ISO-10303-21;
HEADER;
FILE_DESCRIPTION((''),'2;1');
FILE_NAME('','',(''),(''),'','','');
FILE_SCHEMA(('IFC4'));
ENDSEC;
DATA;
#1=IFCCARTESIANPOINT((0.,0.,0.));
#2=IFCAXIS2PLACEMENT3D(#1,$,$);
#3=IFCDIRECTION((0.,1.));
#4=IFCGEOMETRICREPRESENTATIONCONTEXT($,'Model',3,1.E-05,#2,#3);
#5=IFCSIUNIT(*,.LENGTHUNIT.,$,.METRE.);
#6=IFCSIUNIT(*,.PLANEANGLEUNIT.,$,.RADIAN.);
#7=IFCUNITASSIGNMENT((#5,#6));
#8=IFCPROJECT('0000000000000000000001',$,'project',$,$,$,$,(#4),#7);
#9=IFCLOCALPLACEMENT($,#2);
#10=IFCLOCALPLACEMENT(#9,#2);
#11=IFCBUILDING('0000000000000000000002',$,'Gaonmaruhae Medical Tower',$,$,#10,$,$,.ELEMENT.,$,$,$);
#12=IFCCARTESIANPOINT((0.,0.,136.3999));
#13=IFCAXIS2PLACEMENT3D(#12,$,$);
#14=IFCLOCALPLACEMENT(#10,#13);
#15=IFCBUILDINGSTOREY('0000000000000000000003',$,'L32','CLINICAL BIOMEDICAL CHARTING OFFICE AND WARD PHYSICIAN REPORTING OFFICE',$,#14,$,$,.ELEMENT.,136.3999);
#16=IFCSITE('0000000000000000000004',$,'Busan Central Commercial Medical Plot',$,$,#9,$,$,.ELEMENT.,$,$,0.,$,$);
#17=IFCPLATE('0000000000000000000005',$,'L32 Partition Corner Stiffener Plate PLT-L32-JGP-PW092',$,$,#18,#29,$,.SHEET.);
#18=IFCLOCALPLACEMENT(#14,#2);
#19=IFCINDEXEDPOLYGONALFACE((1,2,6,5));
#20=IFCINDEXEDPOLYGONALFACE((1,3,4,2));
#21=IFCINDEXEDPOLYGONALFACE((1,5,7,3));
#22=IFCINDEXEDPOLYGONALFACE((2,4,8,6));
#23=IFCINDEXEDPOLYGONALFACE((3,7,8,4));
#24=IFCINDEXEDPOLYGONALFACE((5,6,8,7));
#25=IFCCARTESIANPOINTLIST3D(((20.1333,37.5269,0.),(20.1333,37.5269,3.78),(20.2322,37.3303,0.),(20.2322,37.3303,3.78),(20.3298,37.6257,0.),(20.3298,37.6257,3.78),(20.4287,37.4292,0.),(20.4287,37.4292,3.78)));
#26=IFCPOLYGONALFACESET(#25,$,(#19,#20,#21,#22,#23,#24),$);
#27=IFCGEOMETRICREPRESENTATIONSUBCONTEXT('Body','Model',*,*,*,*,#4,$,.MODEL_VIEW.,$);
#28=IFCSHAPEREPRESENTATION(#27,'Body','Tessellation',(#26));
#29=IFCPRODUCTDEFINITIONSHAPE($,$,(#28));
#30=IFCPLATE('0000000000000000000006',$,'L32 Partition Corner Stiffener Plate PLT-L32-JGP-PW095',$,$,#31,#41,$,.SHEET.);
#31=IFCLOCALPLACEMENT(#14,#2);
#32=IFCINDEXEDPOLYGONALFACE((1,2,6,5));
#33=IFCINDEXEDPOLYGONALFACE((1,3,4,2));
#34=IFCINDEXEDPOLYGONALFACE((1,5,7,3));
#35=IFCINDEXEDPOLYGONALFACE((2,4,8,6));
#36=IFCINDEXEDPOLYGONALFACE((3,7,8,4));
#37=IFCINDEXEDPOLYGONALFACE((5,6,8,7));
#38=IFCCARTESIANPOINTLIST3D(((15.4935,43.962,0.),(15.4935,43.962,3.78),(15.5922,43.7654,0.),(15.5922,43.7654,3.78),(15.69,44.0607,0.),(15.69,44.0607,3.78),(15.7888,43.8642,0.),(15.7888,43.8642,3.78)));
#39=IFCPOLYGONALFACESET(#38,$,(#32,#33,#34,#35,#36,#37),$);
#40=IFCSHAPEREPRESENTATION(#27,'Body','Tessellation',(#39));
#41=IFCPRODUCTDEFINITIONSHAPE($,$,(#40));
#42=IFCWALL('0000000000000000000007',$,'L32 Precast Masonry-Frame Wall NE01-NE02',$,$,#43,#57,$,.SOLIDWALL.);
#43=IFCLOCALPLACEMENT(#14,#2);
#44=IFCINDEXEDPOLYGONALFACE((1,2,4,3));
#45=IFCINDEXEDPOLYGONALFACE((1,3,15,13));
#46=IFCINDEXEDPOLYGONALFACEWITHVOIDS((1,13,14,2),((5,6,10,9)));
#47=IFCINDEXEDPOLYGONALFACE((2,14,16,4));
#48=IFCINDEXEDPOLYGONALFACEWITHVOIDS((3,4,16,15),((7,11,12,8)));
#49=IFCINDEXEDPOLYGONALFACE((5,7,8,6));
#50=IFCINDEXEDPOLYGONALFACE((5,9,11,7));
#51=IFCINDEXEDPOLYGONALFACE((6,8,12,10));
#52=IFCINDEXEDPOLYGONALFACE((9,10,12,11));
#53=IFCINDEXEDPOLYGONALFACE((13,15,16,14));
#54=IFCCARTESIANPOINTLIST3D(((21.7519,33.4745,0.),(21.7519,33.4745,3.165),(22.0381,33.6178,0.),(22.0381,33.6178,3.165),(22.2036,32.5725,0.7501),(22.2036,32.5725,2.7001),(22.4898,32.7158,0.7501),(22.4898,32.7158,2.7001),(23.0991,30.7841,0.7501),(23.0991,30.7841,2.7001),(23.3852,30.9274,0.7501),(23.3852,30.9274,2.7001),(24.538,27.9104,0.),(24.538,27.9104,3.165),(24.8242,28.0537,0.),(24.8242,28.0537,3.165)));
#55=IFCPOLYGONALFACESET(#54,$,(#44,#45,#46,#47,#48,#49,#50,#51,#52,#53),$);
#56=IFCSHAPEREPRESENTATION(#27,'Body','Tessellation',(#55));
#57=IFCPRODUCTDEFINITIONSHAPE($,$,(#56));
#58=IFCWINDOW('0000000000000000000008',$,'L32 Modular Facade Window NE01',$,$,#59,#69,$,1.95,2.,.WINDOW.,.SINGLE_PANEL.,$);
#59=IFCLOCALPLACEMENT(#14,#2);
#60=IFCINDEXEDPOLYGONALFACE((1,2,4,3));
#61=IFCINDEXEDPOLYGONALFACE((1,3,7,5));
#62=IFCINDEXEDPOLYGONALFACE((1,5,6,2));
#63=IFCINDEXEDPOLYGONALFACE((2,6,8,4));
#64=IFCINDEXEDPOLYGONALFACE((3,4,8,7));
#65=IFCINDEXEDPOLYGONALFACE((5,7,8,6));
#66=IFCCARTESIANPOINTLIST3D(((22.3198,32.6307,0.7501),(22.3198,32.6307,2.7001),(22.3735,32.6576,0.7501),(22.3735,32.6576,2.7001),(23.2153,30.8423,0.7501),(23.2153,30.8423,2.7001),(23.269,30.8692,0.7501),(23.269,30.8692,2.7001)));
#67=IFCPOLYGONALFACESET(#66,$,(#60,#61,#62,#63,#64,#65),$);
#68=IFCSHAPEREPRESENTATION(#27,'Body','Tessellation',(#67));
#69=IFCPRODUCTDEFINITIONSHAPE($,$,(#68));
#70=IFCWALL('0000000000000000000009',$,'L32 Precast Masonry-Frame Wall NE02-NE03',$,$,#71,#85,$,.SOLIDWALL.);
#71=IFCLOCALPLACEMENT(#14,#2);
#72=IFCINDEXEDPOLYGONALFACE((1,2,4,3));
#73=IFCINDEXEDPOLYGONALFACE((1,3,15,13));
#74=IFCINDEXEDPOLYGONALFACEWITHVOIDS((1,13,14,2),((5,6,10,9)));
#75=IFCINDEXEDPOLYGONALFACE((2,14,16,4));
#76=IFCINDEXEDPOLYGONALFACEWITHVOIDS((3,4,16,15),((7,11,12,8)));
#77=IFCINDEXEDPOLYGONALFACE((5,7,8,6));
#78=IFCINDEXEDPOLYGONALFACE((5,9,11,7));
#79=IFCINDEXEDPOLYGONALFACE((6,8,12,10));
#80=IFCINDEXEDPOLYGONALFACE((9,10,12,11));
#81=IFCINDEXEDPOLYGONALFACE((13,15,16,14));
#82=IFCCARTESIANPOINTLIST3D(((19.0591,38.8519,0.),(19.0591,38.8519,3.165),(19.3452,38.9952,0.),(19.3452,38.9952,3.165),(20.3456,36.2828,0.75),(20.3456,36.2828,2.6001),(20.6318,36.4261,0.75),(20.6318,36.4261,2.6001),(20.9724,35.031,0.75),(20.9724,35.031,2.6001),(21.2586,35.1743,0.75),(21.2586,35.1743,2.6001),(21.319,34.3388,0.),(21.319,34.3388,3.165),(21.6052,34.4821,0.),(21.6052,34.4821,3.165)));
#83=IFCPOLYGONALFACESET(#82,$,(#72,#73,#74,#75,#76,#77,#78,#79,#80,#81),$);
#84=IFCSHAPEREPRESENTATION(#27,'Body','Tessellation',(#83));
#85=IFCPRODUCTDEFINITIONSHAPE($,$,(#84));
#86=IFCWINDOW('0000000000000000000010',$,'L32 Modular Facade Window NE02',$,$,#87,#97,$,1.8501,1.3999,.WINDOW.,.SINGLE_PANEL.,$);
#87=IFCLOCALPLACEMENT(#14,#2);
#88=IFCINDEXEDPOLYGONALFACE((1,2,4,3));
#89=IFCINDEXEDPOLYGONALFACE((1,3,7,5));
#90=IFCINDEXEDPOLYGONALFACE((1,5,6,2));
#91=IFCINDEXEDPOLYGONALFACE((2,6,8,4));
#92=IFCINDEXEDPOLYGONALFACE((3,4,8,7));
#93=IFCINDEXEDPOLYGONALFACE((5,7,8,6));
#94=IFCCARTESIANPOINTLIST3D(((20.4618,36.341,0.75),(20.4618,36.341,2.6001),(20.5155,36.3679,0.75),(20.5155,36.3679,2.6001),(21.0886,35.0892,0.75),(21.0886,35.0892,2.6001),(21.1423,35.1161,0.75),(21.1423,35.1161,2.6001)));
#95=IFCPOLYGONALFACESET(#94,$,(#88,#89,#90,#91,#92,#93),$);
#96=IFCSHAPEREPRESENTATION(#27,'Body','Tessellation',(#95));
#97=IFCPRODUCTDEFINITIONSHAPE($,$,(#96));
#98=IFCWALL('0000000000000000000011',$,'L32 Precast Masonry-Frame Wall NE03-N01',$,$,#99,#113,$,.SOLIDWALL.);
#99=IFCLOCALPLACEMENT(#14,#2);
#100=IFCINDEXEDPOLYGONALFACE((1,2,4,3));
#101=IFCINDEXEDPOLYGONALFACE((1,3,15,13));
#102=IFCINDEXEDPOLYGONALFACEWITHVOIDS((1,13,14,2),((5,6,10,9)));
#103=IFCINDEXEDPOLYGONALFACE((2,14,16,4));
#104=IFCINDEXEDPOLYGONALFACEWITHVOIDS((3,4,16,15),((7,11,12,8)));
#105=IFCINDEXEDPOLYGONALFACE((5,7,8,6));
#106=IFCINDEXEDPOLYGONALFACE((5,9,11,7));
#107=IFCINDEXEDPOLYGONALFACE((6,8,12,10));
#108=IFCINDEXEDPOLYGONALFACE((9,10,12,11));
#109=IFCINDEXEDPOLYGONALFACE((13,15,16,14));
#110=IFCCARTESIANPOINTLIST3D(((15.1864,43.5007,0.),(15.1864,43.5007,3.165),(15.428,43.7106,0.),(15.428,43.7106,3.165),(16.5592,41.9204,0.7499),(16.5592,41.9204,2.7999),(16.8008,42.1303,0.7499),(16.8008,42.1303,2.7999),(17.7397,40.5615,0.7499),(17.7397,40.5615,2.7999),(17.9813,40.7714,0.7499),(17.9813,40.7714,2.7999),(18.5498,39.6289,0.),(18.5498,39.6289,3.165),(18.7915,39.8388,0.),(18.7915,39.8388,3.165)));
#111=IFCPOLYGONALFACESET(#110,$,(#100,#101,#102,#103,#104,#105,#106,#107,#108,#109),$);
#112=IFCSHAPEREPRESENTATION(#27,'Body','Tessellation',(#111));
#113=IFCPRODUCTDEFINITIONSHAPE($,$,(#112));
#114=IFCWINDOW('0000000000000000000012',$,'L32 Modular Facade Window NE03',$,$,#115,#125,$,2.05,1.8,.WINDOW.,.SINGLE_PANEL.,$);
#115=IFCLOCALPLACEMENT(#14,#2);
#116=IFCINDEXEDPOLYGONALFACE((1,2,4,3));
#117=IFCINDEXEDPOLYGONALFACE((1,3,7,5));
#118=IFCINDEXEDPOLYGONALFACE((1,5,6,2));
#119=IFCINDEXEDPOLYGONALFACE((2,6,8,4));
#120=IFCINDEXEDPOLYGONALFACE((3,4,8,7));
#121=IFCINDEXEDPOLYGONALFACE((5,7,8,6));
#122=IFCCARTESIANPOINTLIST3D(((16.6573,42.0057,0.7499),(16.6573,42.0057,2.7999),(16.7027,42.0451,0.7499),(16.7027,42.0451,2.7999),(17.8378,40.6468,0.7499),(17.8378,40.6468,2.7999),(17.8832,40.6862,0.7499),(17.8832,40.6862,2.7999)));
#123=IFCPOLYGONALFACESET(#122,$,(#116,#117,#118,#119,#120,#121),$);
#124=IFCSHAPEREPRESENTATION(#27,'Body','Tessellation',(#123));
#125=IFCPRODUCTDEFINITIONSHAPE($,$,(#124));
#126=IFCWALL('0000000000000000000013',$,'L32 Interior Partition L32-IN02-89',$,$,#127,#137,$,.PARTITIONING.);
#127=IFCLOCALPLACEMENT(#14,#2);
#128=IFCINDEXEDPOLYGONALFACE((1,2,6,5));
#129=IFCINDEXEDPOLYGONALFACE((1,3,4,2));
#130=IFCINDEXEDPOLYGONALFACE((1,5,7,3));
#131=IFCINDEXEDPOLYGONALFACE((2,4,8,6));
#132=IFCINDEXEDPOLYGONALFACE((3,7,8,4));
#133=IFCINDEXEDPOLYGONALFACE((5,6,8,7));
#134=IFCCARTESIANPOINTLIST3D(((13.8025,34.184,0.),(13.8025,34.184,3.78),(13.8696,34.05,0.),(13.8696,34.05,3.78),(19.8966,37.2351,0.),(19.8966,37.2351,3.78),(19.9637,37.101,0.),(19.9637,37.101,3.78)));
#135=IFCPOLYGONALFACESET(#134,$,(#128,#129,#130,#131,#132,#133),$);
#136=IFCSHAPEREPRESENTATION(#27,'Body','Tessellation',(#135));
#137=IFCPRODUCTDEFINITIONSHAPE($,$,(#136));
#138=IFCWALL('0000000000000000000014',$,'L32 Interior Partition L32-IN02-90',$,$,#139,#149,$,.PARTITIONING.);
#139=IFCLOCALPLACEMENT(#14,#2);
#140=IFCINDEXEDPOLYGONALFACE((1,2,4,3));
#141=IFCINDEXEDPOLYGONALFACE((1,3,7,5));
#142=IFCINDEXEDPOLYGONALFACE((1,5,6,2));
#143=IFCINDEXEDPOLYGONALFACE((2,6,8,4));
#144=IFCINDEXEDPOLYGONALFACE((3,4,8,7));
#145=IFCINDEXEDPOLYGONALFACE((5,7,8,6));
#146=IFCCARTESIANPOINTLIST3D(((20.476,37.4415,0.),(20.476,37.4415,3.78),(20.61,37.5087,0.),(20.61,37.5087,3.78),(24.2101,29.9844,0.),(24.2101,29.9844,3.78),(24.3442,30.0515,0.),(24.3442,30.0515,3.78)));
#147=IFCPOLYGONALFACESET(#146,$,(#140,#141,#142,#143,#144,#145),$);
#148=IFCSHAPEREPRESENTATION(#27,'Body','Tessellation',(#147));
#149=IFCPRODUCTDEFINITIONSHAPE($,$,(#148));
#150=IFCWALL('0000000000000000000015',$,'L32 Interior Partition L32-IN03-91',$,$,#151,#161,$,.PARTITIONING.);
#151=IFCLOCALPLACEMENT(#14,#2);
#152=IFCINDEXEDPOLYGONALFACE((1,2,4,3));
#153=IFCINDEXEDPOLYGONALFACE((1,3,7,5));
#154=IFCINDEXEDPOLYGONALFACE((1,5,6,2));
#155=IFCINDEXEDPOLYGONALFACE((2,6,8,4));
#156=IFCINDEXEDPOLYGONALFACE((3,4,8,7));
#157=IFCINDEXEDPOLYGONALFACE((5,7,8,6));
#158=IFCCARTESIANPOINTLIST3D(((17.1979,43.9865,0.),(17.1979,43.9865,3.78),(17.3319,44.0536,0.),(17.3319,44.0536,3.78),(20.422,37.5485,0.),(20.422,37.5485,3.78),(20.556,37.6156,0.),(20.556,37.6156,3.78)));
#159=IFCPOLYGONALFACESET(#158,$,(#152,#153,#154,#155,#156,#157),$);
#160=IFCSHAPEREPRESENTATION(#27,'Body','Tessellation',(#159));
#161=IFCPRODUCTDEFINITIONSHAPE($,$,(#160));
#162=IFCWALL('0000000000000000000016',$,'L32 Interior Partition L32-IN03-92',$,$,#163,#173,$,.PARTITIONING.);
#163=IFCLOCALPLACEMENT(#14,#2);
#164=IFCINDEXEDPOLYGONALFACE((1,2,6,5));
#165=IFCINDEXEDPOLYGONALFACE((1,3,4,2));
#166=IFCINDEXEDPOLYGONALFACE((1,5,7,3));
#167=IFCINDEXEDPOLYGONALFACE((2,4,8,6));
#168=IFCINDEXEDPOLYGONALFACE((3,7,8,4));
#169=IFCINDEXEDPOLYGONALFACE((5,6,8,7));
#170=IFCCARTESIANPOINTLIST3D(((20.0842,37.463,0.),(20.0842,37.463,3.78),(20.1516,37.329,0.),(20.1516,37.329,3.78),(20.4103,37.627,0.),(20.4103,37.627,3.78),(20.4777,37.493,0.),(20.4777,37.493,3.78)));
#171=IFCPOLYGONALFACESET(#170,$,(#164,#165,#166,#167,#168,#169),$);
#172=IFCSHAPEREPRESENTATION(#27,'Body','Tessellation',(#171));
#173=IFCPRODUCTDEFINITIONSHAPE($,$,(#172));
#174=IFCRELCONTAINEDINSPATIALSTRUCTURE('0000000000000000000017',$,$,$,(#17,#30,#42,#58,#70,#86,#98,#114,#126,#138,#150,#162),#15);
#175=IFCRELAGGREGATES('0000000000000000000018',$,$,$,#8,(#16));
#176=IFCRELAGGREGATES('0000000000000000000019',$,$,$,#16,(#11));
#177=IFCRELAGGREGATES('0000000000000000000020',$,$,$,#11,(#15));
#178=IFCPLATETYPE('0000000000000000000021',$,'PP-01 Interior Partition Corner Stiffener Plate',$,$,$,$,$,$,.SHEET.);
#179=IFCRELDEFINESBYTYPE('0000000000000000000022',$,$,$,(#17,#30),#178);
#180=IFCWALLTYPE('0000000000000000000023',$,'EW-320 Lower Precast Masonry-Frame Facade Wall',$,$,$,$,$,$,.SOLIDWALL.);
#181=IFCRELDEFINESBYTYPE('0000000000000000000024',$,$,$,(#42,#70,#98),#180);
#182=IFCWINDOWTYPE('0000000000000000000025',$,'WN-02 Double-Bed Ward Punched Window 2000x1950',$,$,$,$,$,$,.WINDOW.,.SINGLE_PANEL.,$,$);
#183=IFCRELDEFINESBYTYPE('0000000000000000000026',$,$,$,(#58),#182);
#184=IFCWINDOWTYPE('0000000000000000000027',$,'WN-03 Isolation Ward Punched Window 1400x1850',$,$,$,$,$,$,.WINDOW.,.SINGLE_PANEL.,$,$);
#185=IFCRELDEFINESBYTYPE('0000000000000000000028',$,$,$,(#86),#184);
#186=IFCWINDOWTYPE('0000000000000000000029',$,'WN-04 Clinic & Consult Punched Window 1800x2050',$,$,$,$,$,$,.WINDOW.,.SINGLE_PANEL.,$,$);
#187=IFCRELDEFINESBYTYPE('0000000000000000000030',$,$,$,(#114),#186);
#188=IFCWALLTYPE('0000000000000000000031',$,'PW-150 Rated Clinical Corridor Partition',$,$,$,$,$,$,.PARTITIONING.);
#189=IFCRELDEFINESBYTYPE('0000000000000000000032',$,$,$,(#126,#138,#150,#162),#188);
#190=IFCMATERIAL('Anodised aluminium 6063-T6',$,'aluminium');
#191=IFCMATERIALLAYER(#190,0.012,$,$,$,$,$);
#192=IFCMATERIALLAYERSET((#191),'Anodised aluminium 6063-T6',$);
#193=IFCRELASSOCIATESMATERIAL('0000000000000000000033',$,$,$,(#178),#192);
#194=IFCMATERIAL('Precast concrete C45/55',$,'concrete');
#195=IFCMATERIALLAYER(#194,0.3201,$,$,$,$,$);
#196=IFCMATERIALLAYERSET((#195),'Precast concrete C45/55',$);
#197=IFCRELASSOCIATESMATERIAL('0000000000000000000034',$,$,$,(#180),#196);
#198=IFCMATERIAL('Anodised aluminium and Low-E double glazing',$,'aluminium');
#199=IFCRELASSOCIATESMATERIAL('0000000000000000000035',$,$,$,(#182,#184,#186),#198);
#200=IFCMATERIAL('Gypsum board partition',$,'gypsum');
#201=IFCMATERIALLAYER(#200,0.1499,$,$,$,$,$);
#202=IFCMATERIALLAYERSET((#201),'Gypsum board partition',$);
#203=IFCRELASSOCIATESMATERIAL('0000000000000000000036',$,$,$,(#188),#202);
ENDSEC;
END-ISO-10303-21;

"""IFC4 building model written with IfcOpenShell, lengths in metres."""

from ifc_helpers import new_model, si_unit, direction, frame, frame_2d, origin, origin_2d, place, context, subcontext, project, spatial, rectangle, extrude, material, layer, layer_set, type_object, element, fill, save


model = new_model("IFC4")

# Units and contexts
model_context = context("Model", 3, precision=1e-05, world=origin(), true_north=direction((0.0, 1.0)))
body_context = subcontext(model_context, "Body", "Model", "MODEL_VIEW")
ifc_project = project(units=[si_unit("LENGTHUNIT", "METRE"), si_unit("PLANEANGLEUNIT", "RADIAN")], contexts=[model_context])

# Site, building, storey
site_placement = place(None, origin())
site = spatial("IfcSite", under=ifc_project, at=site_placement, Name="Busan Central Commercial Medical Plot", CompositionType="ELEMENT", RefElevation=0.0)
building_placement = place(site_placement, origin())
building = spatial("IfcBuilding", under=site, at=building_placement, Name="Gaonmaruhae Medical Tower", CompositionType="ELEMENT")
storey_placement = place(building_placement, frame((0.0, 0.0, 136.3999)))
storey = spatial("IfcBuildingStorey", under=building, at=storey_placement, Name="L32", Description="CLINICAL BIOMEDICAL CHARTING OFFICE AND WARD PHYSICIAN REPORTING OFFICE", CompositionType="ELEMENT", Elevation=136.3999)

# Plates
ifc_material_1 = material(Name="Anodised aluminium 6063-T6", Category="aluminium")
ifc_layer_1 = layer(ifc_material_1, 0.012)
ifc_layer_set_1 = layer_set([ifc_layer_1], Name="Anodised aluminium 6063-T6")
plate_type = type_object("IfcPlateType", Name="PP-01 Interior Partition Corner Stiffener Plate", PredefinedType="SHEET", material=ifc_layer_set_1)
for number, where, z_axis, x_axis, name in (
    (1, (20.281, 37.478, 0.0), (0.0, 0.0, 1.0), (-0.893332, -0.449397, 0.0), "L32 Partition Corner Stiffener Plate PLT-L32-JGP-PW092"),
    (2, (15.6411, 43.9131, 0.0), (0.0, 0.0, 1.0), (0.44896, -0.893552, 0.0), "L32 Partition Corner Stiffener Plate PLT-L32-JGP-PW095"),
):
    element("IfcPlate", number, at=place(storey_placement, frame(where, z_axis=z_axis, x_axis=x_axis)), inside=storey, type_object=plate_type, Name=name, PredefinedType="SHEET", context=body_context, shape_type="SweptSolid", body=[
        extrude(rectangle(XDim=0.22, YDim=0.22, at=origin_2d()), origin(), (0.0, 0.0, 1.0), 3.78),
    ])

# Walls, openings, windows
ifc_material_2 = material(Name="Precast concrete C45/55", Category="concrete")
ifc_layer_2 = layer(ifc_material_2, 0.3201)
ifc_layer_set_2 = layer_set([ifc_layer_2], Name="Precast concrete C45/55")
wall_type_1 = type_object("IfcWallType", Name="EW-320 Lower Precast Masonry-Frame Facade Wall", PredefinedType="SOLIDWALL", material=ifc_layer_set_2)
wall_1_placement = place(storey_placement, frame((21.895, 33.5461, 0.0), z_axis=(0.0, 0.0, 1.0), x_axis=(0.447731, -0.894168, 0.0)))
wall_1 = element("IfcWall", 3, at=wall_1_placement, inside=storey, type_object=wall_type_1, Name="L32 Precast Masonry-Frame Wall NE01-NE02", PredefinedType="SOLIDWALL", context=body_context, shape_type="SweptSolid", body=[
    extrude(rectangle(XDim=6.2227, YDim=0.3201, at=frame_2d((3.1113, 0.0))), origin(), (0.0, 0.0, 1.0), 3.165),
])
opening_1_placement = place(wall_1_placement, frame((1.0088, 0.0, 0.75)))
opening_1 = element("IfcOpeningElement", 4, at=opening_1_placement, cuts=wall_1, PredefinedType="OPENING", context=body_context, shape_type="SweptSolid", body=[
    extrude(rectangle(XDim=2.0, YDim=1.95, at=frame_2d((1.0, 0.9751))), frame((0.0, 0.1699, 0.0), z_axis=(0.0, -1.0, 0.0), x_axis=(1.0, 0.0, 0.0)), (0.0, 0.0, 1.0), 0.3401),
])
ifc_material_3 = material(Name="Anodised aluminium and Low-E double glazing", Category="aluminium")
window_type_1 = type_object("IfcWindowType", Name="WN-02 Double-Bed Ward Punched Window 2000x1950", PartitioningType="SINGLE_PANEL", PredefinedType="WINDOW", material=ifc_material_3)
window_1_placement = place(opening_1_placement, origin())
window_1 = element("IfcWindow", 5, at=window_1_placement, inside=storey, type_object=window_type_1, Name="L32 Modular Facade Window NE01", OverallHeight=1.95, OverallWidth=2.0, PartitioningType="SINGLE_PANEL", PredefinedType="WINDOW", context=body_context, shape_type="SweptSolid", body=[
    extrude(rectangle(XDim=2.0, YDim=1.95, at=frame_2d((1.0, 0.9751))), frame((0.0, 0.03, 0.0), z_axis=(0.0, -1.0, 0.0), x_axis=(1.0, 0.0, 0.0)), (0.0, 0.0, 1.0), 0.0601),
])
fill(opening_1, window_1)
wall_2_placement = place(storey_placement, frame((19.2021, 38.9236, 0.0), z_axis=(0.0, 0.0, 1.0), x_axis=(0.447755, -0.894156, 0.0)))
wall_2 = element("IfcWall", 6, at=wall_2_placement, inside=storey, type_object=wall_type_1, Name="L32 Precast Masonry-Frame Wall NE02-NE03", PredefinedType="SOLIDWALL", context=body_context, shape_type="SweptSolid", body=[
    extrude(rectangle(XDim=5.0474, YDim=0.3201, at=frame_2d((2.5237, 0.0))), origin(), (0.0, 0.0, 1.0), 3.165),
])
opening_2_placement = place(wall_2_placement, frame((2.8733, 0.0, 0.75)))
opening_2 = element("IfcOpeningElement", 7, at=opening_2_placement, cuts=wall_2, PredefinedType="OPENING", context=body_context, shape_type="SweptSolid", body=[
    extrude(rectangle(XDim=1.3999, YDim=1.8501, at=frame_2d((0.7, 0.925))), frame((0.0, 0.1699, 0.0), z_axis=(0.0, -1.0, 0.0), x_axis=(1.0, 0.0, 0.0)), (0.0, 0.0, 1.0), 0.3401),
])
window_type_2 = type_object("IfcWindowType", Name="WN-03 Isolation Ward Punched Window 1400x1850", PartitioningType="SINGLE_PANEL", PredefinedType="WINDOW", material=ifc_material_3)
window_2_placement = place(opening_2_placement, origin())
window_2 = element("IfcWindow", 8, at=window_2_placement, inside=storey, type_object=window_type_2, Name="L32 Modular Facade Window NE02", OverallHeight=1.8501, OverallWidth=1.3999, PartitioningType="SINGLE_PANEL", PredefinedType="WINDOW", context=body_context, shape_type="SweptSolid", body=[
    extrude(rectangle(XDim=1.3999, YDim=1.8501, at=frame_2d((0.7, 0.925))), frame((0.0, 0.03, 0.0), z_axis=(0.0, -1.0, 0.0), x_axis=(1.0, 0.0, 0.0)), (0.0, 0.0, 1.0), 0.0601),
])
fill(opening_2, window_2)
wall_3_placement = place(storey_placement, frame((15.3071, 43.6057, 0.0), z_axis=(0.0, 0.0, 1.0), x_axis=(0.655814, -0.754922, 0.0)))
wall_3 = element("IfcWall", 9, at=wall_3_placement, inside=storey, type_object=wall_type_1, Name="L32 Precast Masonry-Frame Wall NE03-N01", PredefinedType="SOLIDWALL", context=body_context, shape_type="SweptSolid", body=[
    extrude(rectangle(XDim=5.1287, YDim=0.3201, at=frame_2d((2.5645, 0.0))), origin(), (0.0, 0.0, 1.0), 3.165),
])
opening_3_placement = place(wall_3_placement, frame((2.0935, 0.0, 0.75)))
opening_3 = element("IfcOpeningElement", 10, at=opening_3_placement, cuts=wall_3, PredefinedType="OPENING", context=body_context, shape_type="SweptSolid", body=[
    extrude(rectangle(XDim=1.8, YDim=2.05, at=frame_2d((0.8999, 1.0249))), frame((0.0, 0.1699, 0.0), z_axis=(0.0, -1.0, 0.0), x_axis=(1.0, 0.0, 0.0)), (0.0, 0.0, 1.0), 0.3401),
])
window_type_3 = type_object("IfcWindowType", Name="WN-04 Clinic & Consult Punched Window 1800x2050", PartitioningType="SINGLE_PANEL", PredefinedType="WINDOW", material=ifc_material_3)
window_3_placement = place(opening_3_placement, origin())
window_3 = element("IfcWindow", 11, at=window_3_placement, inside=storey, type_object=window_type_3, Name="L32 Modular Facade Window NE03", OverallHeight=2.05, OverallWidth=1.8, PartitioningType="SINGLE_PANEL", PredefinedType="WINDOW", context=body_context, shape_type="SweptSolid", body=[
    extrude(rectangle(XDim=1.8, YDim=2.05, at=frame_2d((0.8999, 1.0249))), frame((0.0, 0.03, 0.0), z_axis=(0.0, -1.0, 0.0), x_axis=(1.0, 0.0, 0.0)), (0.0, 0.0, 1.0), 0.0601),
])
fill(opening_3, window_3)

# Walls
ifc_material_4 = material(Name="Gypsum board partition", Category="gypsum")
ifc_layer_3 = layer(ifc_material_4, 0.1499)
ifc_layer_set_3 = layer_set([ifc_layer_3], Name="Gypsum board partition")
wall_type_2 = type_object("IfcWallType", Name="PW-150 Rated Clinical Corridor Partition", PredefinedType="PARTITIONING", material=ifc_layer_set_3)
wall_4_placement = place(storey_placement, frame((13.8359, 34.1169, 0.0), z_axis=(0.0, 0.0, 1.0), x_axis=(0.894191, 0.447686, 0.0)))
element("IfcWall", 12, at=wall_4_placement, inside=storey, type_object=wall_type_2, Name="L32 Interior Partition L32-IN02-89", PredefinedType="PARTITIONING", context=body_context, shape_type="SweptSolid", body=[
    extrude(rectangle(XDim=6.8152, YDim=0.1499, at=frame_2d((3.4077, 0.0))), origin(), (0.0, 0.0, 1.0), 3.78),
])
wall_5_placement = place(storey_placement, frame((20.543, 37.4751, 0.0), z_axis=(0.0, 0.0, 1.0), x_axis=(0.447752, -0.894158, 0.0)))
element("IfcWall", 13, at=wall_5_placement, inside=storey, type_object=wall_type_2, Name="L32 Interior Partition L32-IN02-90", PredefinedType="PARTITIONING", context=body_context, shape_type="SweptSolid", body=[
    extrude(rectangle(XDim=8.3398, YDim=0.1499, at=frame_2d((4.1699, 0.0))), origin(), (0.0, 0.0, 1.0), 3.78),
])
wall_6_placement = place(storey_placement, frame((17.2649, 44.02, 0.0), z_axis=(0.0, 0.0, 1.0), x_axis=(0.447783, -0.894142, 0.0)))
element("IfcWall", 14, at=wall_6_placement, inside=storey, type_object=wall_type_2, Name="L32 Interior Partition L32-IN03-91", PredefinedType="PARTITIONING", context=body_context, shape_type="SweptSolid", body=[
    extrude(rectangle(XDim=7.2002, YDim=0.1499, at=frame_2d((3.6001, 0.0))), origin(), (0.0, 0.0, 1.0), 3.78),
])
wall_7_placement = place(storey_placement, frame((20.4441, 37.5601, 0.0), z_axis=(0.0, 0.0, 1.0), x_axis=(-0.893355, -0.449352, 0.0)))
element("IfcWall", 15, at=wall_7_placement, inside=storey, type_object=wall_type_2, Name="L32 Interior Partition L32-IN03-92", PredefinedType="PARTITIONING", context=body_context, shape_type="SweptSolid", body=[
    extrude(rectangle(XDim=0.365, YDim=0.1499, at=frame_2d((0.1826, 0.0))), origin(), (0.0, 0.0, 1.0), 3.78),
])

save(model, "model.ifc")
